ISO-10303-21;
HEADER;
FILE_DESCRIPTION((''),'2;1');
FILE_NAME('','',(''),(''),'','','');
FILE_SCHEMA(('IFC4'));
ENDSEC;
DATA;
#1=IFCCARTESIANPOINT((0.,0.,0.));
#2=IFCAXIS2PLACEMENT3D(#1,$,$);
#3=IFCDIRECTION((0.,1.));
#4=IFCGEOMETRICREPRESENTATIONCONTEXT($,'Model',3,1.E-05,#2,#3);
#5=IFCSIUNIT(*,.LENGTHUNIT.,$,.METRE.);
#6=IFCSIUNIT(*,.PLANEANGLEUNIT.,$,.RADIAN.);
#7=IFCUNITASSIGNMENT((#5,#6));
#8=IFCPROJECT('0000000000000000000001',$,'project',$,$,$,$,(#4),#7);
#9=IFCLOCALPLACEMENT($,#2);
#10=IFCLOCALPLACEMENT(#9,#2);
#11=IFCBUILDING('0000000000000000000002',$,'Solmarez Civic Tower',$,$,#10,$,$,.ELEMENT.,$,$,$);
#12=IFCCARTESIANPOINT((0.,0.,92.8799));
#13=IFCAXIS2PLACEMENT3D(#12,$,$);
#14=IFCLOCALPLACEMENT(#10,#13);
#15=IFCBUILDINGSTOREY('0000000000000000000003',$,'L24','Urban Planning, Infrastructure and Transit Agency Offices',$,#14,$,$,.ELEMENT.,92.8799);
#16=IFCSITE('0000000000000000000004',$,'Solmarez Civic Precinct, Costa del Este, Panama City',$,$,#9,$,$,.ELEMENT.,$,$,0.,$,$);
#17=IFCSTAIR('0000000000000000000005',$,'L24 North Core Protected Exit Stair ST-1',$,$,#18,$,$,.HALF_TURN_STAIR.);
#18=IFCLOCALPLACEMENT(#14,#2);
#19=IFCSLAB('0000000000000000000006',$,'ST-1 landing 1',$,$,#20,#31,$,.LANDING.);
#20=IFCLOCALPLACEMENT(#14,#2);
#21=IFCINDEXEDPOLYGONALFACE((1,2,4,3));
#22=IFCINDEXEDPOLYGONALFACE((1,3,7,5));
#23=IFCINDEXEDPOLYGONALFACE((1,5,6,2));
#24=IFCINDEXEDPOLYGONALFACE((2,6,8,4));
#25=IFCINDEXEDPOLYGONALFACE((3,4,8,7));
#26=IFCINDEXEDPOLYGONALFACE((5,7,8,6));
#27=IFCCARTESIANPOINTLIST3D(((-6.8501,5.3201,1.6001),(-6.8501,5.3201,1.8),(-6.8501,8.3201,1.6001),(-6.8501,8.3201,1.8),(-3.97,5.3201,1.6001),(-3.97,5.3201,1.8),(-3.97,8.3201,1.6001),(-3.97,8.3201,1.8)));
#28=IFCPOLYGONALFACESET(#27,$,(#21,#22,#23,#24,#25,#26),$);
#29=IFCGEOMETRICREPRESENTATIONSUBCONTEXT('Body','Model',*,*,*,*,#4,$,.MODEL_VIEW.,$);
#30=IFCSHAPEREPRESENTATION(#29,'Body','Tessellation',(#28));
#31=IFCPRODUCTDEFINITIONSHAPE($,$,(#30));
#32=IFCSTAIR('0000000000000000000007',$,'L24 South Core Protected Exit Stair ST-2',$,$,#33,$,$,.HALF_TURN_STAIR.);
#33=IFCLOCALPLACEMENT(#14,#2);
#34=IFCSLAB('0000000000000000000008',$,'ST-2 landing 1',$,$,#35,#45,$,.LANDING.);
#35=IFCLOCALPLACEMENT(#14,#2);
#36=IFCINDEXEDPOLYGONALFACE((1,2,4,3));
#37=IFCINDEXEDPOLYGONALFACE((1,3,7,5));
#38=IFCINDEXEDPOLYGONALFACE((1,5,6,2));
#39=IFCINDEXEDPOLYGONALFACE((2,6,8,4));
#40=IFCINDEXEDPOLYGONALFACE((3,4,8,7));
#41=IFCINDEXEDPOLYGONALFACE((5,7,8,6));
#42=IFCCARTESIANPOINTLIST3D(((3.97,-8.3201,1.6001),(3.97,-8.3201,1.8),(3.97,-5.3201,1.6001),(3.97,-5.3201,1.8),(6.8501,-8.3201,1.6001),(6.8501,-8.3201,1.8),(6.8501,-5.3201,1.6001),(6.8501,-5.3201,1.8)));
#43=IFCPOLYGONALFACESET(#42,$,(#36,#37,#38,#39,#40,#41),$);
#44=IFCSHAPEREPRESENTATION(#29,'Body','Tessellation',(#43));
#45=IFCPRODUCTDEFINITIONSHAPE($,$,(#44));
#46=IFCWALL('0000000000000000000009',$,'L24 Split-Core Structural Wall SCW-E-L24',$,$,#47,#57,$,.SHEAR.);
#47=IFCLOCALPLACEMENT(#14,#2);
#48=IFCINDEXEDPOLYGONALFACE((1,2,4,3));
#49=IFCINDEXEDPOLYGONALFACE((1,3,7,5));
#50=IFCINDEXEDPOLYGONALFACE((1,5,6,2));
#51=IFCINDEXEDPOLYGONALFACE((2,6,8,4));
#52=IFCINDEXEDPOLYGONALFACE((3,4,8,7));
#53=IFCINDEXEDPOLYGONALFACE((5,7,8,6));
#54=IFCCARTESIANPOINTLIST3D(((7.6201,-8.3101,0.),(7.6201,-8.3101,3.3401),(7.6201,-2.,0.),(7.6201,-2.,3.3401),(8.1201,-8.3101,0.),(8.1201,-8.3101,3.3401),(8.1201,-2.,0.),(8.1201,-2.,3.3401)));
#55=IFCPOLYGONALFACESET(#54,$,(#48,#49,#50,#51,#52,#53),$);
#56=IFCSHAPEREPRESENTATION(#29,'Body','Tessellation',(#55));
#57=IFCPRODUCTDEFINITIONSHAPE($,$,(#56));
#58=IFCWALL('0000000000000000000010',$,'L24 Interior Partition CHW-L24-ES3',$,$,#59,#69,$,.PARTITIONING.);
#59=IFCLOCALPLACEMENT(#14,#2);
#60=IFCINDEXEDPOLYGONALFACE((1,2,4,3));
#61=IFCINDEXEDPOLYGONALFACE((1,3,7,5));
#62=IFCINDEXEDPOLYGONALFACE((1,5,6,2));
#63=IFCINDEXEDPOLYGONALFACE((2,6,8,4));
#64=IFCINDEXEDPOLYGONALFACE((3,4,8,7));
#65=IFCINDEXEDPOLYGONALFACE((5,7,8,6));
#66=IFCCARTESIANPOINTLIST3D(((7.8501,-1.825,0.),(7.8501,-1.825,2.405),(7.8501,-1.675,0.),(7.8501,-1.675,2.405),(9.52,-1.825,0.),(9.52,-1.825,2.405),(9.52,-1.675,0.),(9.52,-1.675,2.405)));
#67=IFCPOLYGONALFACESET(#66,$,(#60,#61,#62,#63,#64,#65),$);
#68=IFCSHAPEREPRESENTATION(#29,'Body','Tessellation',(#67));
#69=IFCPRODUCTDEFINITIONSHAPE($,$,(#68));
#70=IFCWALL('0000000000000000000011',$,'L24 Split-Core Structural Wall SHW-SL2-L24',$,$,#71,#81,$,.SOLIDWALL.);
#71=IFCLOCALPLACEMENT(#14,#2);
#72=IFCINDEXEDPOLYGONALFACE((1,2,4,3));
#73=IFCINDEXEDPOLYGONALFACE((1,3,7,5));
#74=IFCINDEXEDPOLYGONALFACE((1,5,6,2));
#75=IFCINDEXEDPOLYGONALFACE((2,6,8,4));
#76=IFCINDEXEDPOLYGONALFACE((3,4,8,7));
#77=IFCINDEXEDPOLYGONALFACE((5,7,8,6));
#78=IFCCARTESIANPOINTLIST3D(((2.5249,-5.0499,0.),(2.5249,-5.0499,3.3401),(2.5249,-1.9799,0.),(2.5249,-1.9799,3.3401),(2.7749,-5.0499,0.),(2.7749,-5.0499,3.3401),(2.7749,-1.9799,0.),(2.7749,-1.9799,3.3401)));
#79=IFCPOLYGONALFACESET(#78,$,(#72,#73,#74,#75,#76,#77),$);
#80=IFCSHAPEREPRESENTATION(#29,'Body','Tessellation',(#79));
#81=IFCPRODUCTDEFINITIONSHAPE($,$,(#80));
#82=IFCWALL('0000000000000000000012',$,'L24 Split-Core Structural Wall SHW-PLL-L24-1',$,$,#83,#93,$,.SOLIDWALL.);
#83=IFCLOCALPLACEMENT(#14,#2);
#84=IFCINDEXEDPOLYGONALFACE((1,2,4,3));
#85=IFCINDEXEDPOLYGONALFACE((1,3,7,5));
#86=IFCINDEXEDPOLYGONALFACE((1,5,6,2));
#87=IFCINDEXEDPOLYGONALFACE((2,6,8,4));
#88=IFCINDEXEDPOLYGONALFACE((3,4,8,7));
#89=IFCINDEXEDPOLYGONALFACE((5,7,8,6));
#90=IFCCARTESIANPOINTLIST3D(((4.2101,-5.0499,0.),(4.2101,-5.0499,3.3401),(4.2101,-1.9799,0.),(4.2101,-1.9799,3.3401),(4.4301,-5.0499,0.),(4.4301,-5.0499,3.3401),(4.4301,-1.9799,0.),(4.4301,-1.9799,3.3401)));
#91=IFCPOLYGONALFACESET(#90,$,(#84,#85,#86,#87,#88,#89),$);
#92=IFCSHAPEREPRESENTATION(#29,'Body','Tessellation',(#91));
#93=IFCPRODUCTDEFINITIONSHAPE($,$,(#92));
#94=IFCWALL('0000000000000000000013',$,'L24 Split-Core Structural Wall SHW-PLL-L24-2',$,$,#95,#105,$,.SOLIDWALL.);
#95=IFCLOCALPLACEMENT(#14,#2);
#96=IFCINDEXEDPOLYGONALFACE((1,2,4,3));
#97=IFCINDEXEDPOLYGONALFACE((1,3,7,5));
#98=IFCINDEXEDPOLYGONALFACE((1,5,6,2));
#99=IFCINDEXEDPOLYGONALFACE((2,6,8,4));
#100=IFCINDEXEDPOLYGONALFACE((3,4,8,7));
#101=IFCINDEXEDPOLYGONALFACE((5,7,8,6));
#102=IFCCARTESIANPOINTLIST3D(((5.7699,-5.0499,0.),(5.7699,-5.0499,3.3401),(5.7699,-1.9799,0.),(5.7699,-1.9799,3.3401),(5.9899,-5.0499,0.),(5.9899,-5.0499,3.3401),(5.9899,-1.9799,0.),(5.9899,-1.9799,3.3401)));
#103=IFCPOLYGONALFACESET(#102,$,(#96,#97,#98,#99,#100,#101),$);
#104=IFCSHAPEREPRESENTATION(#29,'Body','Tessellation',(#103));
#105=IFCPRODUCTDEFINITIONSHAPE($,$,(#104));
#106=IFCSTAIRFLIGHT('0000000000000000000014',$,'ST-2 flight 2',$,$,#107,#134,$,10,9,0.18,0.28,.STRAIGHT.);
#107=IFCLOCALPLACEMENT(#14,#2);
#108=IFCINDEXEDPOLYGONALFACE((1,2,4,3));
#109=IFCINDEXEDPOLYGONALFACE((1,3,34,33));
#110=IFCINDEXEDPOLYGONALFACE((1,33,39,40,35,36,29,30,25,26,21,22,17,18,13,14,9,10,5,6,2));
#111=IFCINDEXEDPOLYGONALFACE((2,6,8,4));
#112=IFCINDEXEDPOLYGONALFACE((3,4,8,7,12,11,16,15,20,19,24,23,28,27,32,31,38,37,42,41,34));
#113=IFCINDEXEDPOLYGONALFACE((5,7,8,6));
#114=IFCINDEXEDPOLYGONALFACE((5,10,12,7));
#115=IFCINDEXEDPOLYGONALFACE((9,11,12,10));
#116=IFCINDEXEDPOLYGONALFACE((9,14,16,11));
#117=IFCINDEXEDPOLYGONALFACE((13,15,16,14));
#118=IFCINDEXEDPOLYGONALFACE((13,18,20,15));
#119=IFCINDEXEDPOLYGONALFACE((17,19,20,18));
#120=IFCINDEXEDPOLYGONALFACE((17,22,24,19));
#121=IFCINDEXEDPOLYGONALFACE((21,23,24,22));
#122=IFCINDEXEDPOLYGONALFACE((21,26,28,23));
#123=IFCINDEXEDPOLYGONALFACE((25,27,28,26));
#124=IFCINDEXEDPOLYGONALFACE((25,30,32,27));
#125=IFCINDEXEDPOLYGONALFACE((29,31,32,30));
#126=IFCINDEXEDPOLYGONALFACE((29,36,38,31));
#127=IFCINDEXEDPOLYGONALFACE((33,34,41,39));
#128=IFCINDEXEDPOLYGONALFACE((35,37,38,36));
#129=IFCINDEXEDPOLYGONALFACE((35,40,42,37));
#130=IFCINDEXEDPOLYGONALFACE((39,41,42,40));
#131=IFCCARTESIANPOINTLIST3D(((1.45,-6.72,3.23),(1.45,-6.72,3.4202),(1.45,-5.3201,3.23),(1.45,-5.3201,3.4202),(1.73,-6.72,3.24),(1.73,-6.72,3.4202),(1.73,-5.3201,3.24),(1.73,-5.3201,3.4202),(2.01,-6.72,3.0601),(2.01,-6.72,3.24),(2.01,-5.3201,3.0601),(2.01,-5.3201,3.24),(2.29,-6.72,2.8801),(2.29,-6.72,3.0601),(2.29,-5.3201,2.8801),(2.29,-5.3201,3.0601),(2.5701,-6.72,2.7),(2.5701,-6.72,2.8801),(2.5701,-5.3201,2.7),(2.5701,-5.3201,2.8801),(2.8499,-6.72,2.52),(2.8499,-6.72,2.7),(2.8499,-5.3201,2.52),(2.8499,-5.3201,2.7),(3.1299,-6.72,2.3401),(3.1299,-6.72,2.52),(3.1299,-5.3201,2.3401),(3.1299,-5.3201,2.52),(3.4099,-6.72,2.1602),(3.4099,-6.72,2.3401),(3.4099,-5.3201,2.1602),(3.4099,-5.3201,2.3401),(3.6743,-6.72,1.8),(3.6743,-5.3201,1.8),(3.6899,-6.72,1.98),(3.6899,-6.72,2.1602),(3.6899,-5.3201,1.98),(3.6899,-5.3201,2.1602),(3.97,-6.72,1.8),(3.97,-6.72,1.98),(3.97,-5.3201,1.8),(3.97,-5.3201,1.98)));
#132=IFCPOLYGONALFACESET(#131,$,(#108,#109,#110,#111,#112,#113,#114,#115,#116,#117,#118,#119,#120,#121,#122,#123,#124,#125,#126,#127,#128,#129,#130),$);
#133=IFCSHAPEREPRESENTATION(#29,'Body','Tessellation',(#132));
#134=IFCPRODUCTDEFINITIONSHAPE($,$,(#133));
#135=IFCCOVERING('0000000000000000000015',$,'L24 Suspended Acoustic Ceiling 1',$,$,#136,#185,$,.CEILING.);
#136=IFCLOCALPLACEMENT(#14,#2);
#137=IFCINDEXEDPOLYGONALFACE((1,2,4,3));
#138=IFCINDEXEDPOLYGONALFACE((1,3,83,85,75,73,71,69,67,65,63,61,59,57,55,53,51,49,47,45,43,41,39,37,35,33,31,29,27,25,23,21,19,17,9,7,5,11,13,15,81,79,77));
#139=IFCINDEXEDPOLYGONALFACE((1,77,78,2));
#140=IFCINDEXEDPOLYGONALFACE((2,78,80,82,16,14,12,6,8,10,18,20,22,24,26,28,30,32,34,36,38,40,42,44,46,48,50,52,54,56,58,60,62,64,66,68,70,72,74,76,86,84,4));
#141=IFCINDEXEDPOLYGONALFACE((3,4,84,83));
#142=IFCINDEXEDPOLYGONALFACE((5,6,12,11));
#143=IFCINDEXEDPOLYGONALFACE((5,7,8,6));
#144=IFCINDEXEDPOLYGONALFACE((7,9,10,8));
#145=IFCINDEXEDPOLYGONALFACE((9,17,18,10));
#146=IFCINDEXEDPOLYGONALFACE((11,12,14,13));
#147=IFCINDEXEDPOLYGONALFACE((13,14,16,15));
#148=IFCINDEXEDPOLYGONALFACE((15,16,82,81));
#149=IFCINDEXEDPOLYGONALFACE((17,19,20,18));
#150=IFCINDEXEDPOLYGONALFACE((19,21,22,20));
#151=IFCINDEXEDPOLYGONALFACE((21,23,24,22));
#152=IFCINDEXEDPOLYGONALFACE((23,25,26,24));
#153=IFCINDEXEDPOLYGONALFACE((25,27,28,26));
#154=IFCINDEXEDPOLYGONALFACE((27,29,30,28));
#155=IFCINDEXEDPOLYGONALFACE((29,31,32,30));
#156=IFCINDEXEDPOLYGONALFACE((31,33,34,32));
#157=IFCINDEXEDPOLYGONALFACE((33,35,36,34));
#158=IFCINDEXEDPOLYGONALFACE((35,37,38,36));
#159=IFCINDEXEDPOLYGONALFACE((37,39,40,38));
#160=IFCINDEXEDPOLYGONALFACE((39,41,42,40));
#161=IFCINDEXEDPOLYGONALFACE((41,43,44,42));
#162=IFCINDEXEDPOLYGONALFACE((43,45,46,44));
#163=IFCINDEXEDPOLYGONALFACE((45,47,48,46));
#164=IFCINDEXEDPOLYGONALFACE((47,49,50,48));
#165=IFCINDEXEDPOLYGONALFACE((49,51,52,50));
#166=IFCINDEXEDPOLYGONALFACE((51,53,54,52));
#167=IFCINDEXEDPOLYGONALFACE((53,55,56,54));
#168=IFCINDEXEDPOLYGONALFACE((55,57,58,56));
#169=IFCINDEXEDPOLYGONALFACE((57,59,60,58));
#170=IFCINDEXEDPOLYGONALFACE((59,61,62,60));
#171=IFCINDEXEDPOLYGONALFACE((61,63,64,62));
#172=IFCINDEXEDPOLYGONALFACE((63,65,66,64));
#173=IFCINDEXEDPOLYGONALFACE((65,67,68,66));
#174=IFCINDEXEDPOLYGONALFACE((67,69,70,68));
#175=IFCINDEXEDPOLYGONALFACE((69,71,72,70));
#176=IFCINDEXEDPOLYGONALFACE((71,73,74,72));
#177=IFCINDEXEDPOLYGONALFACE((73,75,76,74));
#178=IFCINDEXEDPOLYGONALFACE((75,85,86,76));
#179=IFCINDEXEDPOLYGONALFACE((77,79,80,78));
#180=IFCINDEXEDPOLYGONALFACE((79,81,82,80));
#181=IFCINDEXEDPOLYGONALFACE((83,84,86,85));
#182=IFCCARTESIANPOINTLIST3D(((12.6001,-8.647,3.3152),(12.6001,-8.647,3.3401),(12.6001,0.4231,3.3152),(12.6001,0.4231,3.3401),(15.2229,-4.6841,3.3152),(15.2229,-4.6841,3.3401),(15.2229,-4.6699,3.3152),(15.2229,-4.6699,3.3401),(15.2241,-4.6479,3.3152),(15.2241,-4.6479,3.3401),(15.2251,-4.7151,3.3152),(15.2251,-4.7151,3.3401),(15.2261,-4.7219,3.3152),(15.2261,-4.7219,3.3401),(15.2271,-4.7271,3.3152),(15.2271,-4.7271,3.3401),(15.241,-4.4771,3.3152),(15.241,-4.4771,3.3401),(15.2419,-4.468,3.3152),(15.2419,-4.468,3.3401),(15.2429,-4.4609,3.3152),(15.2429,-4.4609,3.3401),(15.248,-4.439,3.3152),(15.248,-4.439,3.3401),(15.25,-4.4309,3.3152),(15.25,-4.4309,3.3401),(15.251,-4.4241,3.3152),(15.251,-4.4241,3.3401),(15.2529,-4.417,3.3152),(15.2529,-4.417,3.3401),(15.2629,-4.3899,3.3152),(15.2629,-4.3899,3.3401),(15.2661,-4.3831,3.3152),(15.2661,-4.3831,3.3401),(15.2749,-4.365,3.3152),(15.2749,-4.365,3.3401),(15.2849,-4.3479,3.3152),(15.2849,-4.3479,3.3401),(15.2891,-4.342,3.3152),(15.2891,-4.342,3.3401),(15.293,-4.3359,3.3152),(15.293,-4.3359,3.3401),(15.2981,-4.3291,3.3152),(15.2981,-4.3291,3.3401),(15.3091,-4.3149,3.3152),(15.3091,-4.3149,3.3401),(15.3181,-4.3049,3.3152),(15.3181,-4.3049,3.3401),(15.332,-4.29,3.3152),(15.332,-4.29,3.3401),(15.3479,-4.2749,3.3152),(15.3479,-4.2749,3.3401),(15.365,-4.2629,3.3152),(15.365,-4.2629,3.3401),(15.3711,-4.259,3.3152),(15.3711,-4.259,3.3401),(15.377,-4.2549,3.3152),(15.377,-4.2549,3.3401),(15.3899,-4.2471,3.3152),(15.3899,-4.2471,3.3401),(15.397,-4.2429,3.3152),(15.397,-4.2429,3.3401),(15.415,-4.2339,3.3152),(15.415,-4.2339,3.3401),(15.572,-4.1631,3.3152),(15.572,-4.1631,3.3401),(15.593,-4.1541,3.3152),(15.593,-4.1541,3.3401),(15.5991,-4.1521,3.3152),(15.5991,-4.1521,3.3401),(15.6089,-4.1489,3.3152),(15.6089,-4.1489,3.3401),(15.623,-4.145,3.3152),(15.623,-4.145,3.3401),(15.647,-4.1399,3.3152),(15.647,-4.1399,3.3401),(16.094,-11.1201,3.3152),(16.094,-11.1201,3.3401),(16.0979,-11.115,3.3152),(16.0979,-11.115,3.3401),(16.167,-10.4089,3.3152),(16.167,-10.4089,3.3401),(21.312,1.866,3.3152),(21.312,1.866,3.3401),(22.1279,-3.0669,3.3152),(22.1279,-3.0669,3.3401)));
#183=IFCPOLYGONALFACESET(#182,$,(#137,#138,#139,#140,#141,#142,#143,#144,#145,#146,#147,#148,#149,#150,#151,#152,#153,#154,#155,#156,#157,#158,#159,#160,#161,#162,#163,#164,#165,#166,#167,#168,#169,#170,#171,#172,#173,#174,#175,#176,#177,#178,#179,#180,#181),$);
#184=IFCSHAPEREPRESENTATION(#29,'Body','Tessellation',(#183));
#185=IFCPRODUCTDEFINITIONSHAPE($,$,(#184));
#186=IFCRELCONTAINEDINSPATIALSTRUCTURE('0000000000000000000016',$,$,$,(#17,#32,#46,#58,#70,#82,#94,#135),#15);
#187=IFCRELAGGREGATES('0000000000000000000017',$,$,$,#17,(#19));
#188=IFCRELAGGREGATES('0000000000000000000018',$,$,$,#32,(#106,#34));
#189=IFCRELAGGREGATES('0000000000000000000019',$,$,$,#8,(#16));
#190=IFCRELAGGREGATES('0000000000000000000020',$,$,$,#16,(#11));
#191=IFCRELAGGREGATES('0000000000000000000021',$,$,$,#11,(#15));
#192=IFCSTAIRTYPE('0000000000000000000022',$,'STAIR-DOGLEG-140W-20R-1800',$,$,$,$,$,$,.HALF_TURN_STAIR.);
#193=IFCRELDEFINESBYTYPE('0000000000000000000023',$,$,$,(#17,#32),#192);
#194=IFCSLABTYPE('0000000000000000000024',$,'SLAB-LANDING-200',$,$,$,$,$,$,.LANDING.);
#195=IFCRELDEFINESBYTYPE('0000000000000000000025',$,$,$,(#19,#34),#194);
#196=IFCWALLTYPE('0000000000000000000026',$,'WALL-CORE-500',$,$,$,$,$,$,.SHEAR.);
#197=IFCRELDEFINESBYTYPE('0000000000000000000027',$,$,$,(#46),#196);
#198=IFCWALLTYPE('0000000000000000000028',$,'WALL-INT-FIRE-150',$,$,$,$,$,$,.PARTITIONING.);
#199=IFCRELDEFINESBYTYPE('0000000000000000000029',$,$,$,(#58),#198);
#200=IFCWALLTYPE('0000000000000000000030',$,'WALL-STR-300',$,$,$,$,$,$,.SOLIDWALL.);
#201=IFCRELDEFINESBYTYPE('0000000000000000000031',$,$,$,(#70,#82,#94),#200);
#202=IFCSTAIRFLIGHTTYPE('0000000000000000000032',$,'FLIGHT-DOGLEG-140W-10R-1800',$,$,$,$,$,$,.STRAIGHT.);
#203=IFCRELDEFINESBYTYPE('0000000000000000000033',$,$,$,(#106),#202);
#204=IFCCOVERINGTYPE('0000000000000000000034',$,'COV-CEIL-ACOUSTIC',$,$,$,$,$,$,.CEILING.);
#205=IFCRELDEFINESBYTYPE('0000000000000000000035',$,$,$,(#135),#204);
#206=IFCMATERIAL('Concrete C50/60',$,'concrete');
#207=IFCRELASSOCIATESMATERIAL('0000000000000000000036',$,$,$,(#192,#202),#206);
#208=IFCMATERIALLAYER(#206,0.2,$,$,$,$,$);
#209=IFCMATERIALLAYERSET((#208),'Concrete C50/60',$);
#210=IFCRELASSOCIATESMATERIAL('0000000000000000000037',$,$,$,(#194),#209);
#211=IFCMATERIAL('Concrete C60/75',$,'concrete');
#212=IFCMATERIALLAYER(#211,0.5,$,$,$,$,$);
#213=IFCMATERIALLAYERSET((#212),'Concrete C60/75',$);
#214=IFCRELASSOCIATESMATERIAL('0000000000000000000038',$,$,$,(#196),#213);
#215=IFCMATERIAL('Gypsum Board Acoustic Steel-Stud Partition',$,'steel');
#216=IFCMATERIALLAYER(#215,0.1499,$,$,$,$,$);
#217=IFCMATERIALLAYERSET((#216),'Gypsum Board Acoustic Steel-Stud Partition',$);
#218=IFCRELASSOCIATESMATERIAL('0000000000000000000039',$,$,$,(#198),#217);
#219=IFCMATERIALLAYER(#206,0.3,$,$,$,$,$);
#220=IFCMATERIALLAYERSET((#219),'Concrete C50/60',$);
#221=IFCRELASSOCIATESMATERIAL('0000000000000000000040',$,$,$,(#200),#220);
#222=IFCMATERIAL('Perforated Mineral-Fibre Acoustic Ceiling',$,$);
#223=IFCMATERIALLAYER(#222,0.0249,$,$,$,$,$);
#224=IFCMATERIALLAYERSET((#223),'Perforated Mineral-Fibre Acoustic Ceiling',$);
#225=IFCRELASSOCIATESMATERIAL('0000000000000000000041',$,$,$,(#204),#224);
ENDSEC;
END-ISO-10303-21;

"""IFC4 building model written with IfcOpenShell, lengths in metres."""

from ifc_helpers import new_model, si_unit, direction, frame, frame_2d, origin, place, context, subcontext, project, spatial, polyline, rectangle, outline, extrude, material, layer, layer_set, type_object, element, aggregate, save


model = new_model("IFC4")

# Units and contexts
model_context = context("Model", 3, precision=1e-05, world=origin(), true_north=direction((0.0, 1.0)))
body_context = subcontext(model_context, "Body", "Model", "MODEL_VIEW")
ifc_project = project(units=[si_unit("LENGTHUNIT", "METRE"), si_unit("PLANEANGLEUNIT", "RADIAN")], contexts=[model_context])

# Site, building, storey
site_placement = place(None, origin())
site = spatial("IfcSite", under=ifc_project, at=site_placement, Name="Solmarez Civic Precinct, Costa del Este, Panama City", CompositionType="ELEMENT", RefElevation=0.0)
building_placement = place(site_placement, origin())
building = spatial("IfcBuilding", under=site, at=building_placement, Name="Solmarez Civic Tower", CompositionType="ELEMENT")
storey_placement = place(building_placement, frame((0.0, 0.0, 92.8799)))
storey = spatial("IfcBuildingStorey", under=building, at=storey_placement, Name="L24", Description="Urban Planning, Infrastructure and Transit Agency Offices", CompositionType="ELEMENT", Elevation=92.8799)

# Stairs, slabs
ifc_material_1 = material(Name="Concrete C50/60", Category="concrete")
stair_type = type_object("IfcStairType", Name="STAIR-DOGLEG-140W-20R-1800", PredefinedType="HALF_TURN_STAIR", material=ifc_material_1)
stair_1_placement = place(storey_placement, origin())
stair_1 = element("IfcStair", 1, at=stair_1_placement, inside=storey, type_object=stair_type, Name="L24 North Core Protected Exit Stair ST-1", PredefinedType="HALF_TURN_STAIR")
ifc_layer_1 = layer(ifc_material_1, 0.2)
ifc_layer_set_1 = layer_set([ifc_layer_1], Name="Concrete C50/60")
slab_type = type_object("IfcSlabType", Name="SLAB-LANDING-200", PredefinedType="LANDING", material=ifc_layer_set_1)
slab_1_placement = place(storey_placement, frame((0.0, 0.0, 1.6001)))
slab_1 = element("IfcSlab", 2, at=slab_1_placement, type_object=slab_type, Name="ST-1 landing 1", PredefinedType="LANDING", context=body_context, shape_type="SweptSolid", body=[
    extrude(outline(polyline([(-3.97, 8.3201), (-6.8501, 8.3201), (-6.8501, 5.3201), (-3.97, 5.3201), (-3.97, 8.3201)])), origin(), (0.0, 0.0, 1.0), 0.2),
])
aggregate(stair_1, [slab_1])
stair_2_placement = place(storey_placement, origin())
stair_2 = element("IfcStair", 3, at=stair_2_placement, inside=storey, type_object=stair_type, Name="L24 South Core Protected Exit Stair ST-2", PredefinedType="HALF_TURN_STAIR")
slab_2_placement = place(storey_placement, frame((0.0, 0.0, 1.6001)))
slab_2 = element("IfcSlab", 4, at=slab_2_placement, type_object=slab_type, Name="ST-2 landing 1", PredefinedType="LANDING", context=body_context, shape_type="SweptSolid", body=[
    extrude(outline(polyline([(3.97, -8.3201), (6.8501, -8.3201), (6.8501, -5.3201), (3.97, -5.3201), (3.97, -8.3201)])), origin(), (0.0, 0.0, 1.0), 0.2),
])

# Walls
ifc_material_2 = material(Name="Concrete C60/75", Category="concrete")
ifc_layer_2 = layer(ifc_material_2, 0.5)
ifc_layer_set_2 = layer_set([ifc_layer_2], Name="Concrete C60/75")
wall_type_1 = type_object("IfcWallType", Name="WALL-CORE-500", PredefinedType="SHEAR", material=ifc_layer_set_2)
wall_1_placement = place(storey_placement, frame((7.8701, -2.0, 0.0), z_axis=(0.0, 0.0, 1.0), x_axis=(0.0, -1.0, 0.0)))
element("IfcWall", 5, at=wall_1_placement, inside=storey, type_object=wall_type_1, Name="L24 Split-Core Structural Wall SCW-E-L24", PredefinedType="SHEAR", context=body_context, shape_type="SweptSolid", body=[
    extrude(rectangle(XDim=6.3101, YDim=0.5, at=frame_2d((3.155, 0.0))), origin(), (0.0, 0.0, 1.0), 3.3401),
])
ifc_material_3 = material(Name="Gypsum Board Acoustic Steel-Stud Partition", Category="steel")
ifc_layer_3 = layer(ifc_material_3, 0.1499)
ifc_layer_set_3 = layer_set([ifc_layer_3], Name="Gypsum Board Acoustic Steel-Stud Partition")
wall_type_2 = type_object("IfcWallType", Name="WALL-INT-FIRE-150", PredefinedType="PARTITIONING", material=ifc_layer_set_3)
wall_2_placement = place(storey_placement, frame((7.8501, -1.75, 0.0), z_axis=(0.0, 0.0, 1.0), x_axis=(1.0, 0.0, 0.0)))
element("IfcWall", 6, at=wall_2_placement, inside=storey, type_object=wall_type_2, Name="L24 Interior Partition CHW-L24-ES3", PredefinedType="PARTITIONING", context=body_context, shape_type="SweptSolid", body=[
    extrude(rectangle(XDim=1.6699, YDim=0.1499, at=frame_2d((0.835, 0.0))), origin(), (0.0, 0.0, 1.0), 2.405),
])
ifc_layer_4 = layer(ifc_material_1, 0.3)
ifc_layer_set_4 = layer_set([ifc_layer_4], Name="Concrete C50/60")
wall_type_3 = type_object("IfcWallType", Name="WALL-STR-300", PredefinedType="SOLIDWALL", material=ifc_layer_set_4)
wall_3_placement = place(storey_placement, frame((2.6499, -5.05, 0.0), z_axis=(0.0, 0.0, 1.0), x_axis=(0.0, 1.0, 0.0)))
element("IfcWall", 7, at=wall_3_placement, inside=storey, type_object=wall_type_3, Name="L24 Split-Core Structural Wall SHW-SL2-L24", PredefinedType="SOLIDWALL", context=body_context, shape_type="SweptSolid", body=[
    extrude(rectangle(XDim=3.0701, YDim=0.25, at=frame_2d((1.5352, 0.0))), origin(), (0.0, 0.0, 1.0), 3.3401),
])
for number, where, z_axis, x_axis, name in (
    (8, (4.3201, -5.05, 0.0), (0.0, 0.0, 1.0), (0.0, 1.0, 0.0), "L24 Split-Core Structural Wall SHW-PLL-L24-1"),
    (9, (5.8799, -5.05, 0.0), (0.0, 0.0, 1.0), (0.0, 1.0, 0.0), "L24 Split-Core Structural Wall SHW-PLL-L24-2"),
):
    element("IfcWall", number, at=place(storey_placement, frame(where, z_axis=z_axis, x_axis=x_axis)), inside=storey, type_object=wall_type_3, Name=name, PredefinedType="SOLIDWALL", context=body_context, shape_type="SweptSolid", body=[
        extrude(rectangle(XDim=3.0701, YDim=0.22, at=frame_2d((1.5352, 0.0))), origin(), (0.0, 0.0, 1.0), 3.3401),
    ])

# Stair flight
stair_flight_type = type_object("IfcStairFlightType", Name="FLIGHT-DOGLEG-140W-10R-1800", PredefinedType="STRAIGHT", material=ifc_material_1)
stair_flight_placement = place(storey_placement, frame((3.97, -6.02, 1.8), z_axis=(0.0, 0.0, 1.0), x_axis=(-1.0, 0.0, 0.0)))
stair_flight = element("IfcStairFlight", 10, at=stair_flight_placement, type_object=stair_flight_type, Name="ST-2 flight 2", NumberOfRisers=10, NumberOfTreads=9, PredefinedType="STRAIGHT", RiserHeight=0.18, TreadLength=0.28, context=body_context, shape_type="SweptSolid", body=[
    extrude(outline(polyline([(0.0, 0.0), (0.0, 0.1799), (0.28, 0.1799), (0.28, 0.3601), (0.5601, 0.3601), (0.5601, 0.54), (0.8401, 0.54), (0.8401, 0.72), (1.1201, 0.72), (1.1201, 0.8999), (1.3999, 0.8999), (1.3999, 1.0801), (1.6799, 1.0801), (1.6799, 1.26), (1.96, 1.26), (1.96, 1.4399), (2.24, 1.4399), (2.24, 1.6201), (2.52, 1.6201), (2.52, 1.8), (2.52, 1.4299), (0.2957, 0.0), (0.0, 0.0)])), frame((0.0, 0.7, 0.0), z_axis=(0.0, -1.0, 0.0), x_axis=(1.0, 0.0, 0.0)), (0.0, 0.0, 1.0), 1.3999),
])
aggregate(stair_2, [stair_flight, slab_2])

# Covering
ifc_material_4 = material(Name="Perforated Mineral-Fibre Acoustic Ceiling")
ifc_layer_5 = layer(ifc_material_4, 0.0249)
ifc_layer_set_5 = layer_set([ifc_layer_5], Name="Perforated Mineral-Fibre Acoustic Ceiling")
covering_type_1 = type_object("IfcCoveringType", Name="COV-CEIL-ACOUSTIC", PredefinedType="CEILING", material=ifc_layer_set_5)
covering_1_placement = place(storey_placement, frame((0.0, 0.0, 3.3152)))
element("IfcCovering", 11, at=covering_1_placement, inside=storey, type_object=covering_type_1, Name="L24 Suspended Acoustic Ceiling 1", PredefinedType="CEILING", context=body_context, shape_type="SweptSolid", body=[
    extrude(outline(polyline([(12.6001, 0.4231), (12.6001, -8.647), (16.094, -11.1201), (16.0979, -11.115), (16.167, -10.4089), (15.2271, -4.7271), (15.2261, -4.7219), (15.2251, -4.7151), (15.2229, -4.6841), (15.2229, -4.6699), (15.2241, -4.6479), (15.241, -4.4771), (15.2419, -4.468), (15.2429, -4.4609), (15.248, -4.439), (15.25, -4.4309), (15.251, -4.4241), (15.2529, -4.417), (15.2629, -4.3899), (15.2661, -4.3831), (15.2749, -4.365), (15.2849, -4.3479), (15.2891, -4.342), (15.293, -4.3359), (15.2981, -4.3291), (15.3091, -4.3149), (15.3181, -4.3049), (15.332, -4.29), (15.3479, -4.2749), (15.365, -4.2629), (15.3711, -4.259), (15.377, -4.2549), (15.3899, -4.2471), (15.397, -4.2429), (15.415, -4.2339), (15.572, -4.1631), (15.593, -4.1541), (15.5991, -4.1521), (15.6089, -4.1489), (15.623, -4.145), (15.647, -4.1399), (22.1279, -3.0669), (21.312, 1.866), (12.6001, 0.4231)])), origin(), (0.0, 0.0, 1.0), 0.0249),
])

save(model, "model.ifc")
